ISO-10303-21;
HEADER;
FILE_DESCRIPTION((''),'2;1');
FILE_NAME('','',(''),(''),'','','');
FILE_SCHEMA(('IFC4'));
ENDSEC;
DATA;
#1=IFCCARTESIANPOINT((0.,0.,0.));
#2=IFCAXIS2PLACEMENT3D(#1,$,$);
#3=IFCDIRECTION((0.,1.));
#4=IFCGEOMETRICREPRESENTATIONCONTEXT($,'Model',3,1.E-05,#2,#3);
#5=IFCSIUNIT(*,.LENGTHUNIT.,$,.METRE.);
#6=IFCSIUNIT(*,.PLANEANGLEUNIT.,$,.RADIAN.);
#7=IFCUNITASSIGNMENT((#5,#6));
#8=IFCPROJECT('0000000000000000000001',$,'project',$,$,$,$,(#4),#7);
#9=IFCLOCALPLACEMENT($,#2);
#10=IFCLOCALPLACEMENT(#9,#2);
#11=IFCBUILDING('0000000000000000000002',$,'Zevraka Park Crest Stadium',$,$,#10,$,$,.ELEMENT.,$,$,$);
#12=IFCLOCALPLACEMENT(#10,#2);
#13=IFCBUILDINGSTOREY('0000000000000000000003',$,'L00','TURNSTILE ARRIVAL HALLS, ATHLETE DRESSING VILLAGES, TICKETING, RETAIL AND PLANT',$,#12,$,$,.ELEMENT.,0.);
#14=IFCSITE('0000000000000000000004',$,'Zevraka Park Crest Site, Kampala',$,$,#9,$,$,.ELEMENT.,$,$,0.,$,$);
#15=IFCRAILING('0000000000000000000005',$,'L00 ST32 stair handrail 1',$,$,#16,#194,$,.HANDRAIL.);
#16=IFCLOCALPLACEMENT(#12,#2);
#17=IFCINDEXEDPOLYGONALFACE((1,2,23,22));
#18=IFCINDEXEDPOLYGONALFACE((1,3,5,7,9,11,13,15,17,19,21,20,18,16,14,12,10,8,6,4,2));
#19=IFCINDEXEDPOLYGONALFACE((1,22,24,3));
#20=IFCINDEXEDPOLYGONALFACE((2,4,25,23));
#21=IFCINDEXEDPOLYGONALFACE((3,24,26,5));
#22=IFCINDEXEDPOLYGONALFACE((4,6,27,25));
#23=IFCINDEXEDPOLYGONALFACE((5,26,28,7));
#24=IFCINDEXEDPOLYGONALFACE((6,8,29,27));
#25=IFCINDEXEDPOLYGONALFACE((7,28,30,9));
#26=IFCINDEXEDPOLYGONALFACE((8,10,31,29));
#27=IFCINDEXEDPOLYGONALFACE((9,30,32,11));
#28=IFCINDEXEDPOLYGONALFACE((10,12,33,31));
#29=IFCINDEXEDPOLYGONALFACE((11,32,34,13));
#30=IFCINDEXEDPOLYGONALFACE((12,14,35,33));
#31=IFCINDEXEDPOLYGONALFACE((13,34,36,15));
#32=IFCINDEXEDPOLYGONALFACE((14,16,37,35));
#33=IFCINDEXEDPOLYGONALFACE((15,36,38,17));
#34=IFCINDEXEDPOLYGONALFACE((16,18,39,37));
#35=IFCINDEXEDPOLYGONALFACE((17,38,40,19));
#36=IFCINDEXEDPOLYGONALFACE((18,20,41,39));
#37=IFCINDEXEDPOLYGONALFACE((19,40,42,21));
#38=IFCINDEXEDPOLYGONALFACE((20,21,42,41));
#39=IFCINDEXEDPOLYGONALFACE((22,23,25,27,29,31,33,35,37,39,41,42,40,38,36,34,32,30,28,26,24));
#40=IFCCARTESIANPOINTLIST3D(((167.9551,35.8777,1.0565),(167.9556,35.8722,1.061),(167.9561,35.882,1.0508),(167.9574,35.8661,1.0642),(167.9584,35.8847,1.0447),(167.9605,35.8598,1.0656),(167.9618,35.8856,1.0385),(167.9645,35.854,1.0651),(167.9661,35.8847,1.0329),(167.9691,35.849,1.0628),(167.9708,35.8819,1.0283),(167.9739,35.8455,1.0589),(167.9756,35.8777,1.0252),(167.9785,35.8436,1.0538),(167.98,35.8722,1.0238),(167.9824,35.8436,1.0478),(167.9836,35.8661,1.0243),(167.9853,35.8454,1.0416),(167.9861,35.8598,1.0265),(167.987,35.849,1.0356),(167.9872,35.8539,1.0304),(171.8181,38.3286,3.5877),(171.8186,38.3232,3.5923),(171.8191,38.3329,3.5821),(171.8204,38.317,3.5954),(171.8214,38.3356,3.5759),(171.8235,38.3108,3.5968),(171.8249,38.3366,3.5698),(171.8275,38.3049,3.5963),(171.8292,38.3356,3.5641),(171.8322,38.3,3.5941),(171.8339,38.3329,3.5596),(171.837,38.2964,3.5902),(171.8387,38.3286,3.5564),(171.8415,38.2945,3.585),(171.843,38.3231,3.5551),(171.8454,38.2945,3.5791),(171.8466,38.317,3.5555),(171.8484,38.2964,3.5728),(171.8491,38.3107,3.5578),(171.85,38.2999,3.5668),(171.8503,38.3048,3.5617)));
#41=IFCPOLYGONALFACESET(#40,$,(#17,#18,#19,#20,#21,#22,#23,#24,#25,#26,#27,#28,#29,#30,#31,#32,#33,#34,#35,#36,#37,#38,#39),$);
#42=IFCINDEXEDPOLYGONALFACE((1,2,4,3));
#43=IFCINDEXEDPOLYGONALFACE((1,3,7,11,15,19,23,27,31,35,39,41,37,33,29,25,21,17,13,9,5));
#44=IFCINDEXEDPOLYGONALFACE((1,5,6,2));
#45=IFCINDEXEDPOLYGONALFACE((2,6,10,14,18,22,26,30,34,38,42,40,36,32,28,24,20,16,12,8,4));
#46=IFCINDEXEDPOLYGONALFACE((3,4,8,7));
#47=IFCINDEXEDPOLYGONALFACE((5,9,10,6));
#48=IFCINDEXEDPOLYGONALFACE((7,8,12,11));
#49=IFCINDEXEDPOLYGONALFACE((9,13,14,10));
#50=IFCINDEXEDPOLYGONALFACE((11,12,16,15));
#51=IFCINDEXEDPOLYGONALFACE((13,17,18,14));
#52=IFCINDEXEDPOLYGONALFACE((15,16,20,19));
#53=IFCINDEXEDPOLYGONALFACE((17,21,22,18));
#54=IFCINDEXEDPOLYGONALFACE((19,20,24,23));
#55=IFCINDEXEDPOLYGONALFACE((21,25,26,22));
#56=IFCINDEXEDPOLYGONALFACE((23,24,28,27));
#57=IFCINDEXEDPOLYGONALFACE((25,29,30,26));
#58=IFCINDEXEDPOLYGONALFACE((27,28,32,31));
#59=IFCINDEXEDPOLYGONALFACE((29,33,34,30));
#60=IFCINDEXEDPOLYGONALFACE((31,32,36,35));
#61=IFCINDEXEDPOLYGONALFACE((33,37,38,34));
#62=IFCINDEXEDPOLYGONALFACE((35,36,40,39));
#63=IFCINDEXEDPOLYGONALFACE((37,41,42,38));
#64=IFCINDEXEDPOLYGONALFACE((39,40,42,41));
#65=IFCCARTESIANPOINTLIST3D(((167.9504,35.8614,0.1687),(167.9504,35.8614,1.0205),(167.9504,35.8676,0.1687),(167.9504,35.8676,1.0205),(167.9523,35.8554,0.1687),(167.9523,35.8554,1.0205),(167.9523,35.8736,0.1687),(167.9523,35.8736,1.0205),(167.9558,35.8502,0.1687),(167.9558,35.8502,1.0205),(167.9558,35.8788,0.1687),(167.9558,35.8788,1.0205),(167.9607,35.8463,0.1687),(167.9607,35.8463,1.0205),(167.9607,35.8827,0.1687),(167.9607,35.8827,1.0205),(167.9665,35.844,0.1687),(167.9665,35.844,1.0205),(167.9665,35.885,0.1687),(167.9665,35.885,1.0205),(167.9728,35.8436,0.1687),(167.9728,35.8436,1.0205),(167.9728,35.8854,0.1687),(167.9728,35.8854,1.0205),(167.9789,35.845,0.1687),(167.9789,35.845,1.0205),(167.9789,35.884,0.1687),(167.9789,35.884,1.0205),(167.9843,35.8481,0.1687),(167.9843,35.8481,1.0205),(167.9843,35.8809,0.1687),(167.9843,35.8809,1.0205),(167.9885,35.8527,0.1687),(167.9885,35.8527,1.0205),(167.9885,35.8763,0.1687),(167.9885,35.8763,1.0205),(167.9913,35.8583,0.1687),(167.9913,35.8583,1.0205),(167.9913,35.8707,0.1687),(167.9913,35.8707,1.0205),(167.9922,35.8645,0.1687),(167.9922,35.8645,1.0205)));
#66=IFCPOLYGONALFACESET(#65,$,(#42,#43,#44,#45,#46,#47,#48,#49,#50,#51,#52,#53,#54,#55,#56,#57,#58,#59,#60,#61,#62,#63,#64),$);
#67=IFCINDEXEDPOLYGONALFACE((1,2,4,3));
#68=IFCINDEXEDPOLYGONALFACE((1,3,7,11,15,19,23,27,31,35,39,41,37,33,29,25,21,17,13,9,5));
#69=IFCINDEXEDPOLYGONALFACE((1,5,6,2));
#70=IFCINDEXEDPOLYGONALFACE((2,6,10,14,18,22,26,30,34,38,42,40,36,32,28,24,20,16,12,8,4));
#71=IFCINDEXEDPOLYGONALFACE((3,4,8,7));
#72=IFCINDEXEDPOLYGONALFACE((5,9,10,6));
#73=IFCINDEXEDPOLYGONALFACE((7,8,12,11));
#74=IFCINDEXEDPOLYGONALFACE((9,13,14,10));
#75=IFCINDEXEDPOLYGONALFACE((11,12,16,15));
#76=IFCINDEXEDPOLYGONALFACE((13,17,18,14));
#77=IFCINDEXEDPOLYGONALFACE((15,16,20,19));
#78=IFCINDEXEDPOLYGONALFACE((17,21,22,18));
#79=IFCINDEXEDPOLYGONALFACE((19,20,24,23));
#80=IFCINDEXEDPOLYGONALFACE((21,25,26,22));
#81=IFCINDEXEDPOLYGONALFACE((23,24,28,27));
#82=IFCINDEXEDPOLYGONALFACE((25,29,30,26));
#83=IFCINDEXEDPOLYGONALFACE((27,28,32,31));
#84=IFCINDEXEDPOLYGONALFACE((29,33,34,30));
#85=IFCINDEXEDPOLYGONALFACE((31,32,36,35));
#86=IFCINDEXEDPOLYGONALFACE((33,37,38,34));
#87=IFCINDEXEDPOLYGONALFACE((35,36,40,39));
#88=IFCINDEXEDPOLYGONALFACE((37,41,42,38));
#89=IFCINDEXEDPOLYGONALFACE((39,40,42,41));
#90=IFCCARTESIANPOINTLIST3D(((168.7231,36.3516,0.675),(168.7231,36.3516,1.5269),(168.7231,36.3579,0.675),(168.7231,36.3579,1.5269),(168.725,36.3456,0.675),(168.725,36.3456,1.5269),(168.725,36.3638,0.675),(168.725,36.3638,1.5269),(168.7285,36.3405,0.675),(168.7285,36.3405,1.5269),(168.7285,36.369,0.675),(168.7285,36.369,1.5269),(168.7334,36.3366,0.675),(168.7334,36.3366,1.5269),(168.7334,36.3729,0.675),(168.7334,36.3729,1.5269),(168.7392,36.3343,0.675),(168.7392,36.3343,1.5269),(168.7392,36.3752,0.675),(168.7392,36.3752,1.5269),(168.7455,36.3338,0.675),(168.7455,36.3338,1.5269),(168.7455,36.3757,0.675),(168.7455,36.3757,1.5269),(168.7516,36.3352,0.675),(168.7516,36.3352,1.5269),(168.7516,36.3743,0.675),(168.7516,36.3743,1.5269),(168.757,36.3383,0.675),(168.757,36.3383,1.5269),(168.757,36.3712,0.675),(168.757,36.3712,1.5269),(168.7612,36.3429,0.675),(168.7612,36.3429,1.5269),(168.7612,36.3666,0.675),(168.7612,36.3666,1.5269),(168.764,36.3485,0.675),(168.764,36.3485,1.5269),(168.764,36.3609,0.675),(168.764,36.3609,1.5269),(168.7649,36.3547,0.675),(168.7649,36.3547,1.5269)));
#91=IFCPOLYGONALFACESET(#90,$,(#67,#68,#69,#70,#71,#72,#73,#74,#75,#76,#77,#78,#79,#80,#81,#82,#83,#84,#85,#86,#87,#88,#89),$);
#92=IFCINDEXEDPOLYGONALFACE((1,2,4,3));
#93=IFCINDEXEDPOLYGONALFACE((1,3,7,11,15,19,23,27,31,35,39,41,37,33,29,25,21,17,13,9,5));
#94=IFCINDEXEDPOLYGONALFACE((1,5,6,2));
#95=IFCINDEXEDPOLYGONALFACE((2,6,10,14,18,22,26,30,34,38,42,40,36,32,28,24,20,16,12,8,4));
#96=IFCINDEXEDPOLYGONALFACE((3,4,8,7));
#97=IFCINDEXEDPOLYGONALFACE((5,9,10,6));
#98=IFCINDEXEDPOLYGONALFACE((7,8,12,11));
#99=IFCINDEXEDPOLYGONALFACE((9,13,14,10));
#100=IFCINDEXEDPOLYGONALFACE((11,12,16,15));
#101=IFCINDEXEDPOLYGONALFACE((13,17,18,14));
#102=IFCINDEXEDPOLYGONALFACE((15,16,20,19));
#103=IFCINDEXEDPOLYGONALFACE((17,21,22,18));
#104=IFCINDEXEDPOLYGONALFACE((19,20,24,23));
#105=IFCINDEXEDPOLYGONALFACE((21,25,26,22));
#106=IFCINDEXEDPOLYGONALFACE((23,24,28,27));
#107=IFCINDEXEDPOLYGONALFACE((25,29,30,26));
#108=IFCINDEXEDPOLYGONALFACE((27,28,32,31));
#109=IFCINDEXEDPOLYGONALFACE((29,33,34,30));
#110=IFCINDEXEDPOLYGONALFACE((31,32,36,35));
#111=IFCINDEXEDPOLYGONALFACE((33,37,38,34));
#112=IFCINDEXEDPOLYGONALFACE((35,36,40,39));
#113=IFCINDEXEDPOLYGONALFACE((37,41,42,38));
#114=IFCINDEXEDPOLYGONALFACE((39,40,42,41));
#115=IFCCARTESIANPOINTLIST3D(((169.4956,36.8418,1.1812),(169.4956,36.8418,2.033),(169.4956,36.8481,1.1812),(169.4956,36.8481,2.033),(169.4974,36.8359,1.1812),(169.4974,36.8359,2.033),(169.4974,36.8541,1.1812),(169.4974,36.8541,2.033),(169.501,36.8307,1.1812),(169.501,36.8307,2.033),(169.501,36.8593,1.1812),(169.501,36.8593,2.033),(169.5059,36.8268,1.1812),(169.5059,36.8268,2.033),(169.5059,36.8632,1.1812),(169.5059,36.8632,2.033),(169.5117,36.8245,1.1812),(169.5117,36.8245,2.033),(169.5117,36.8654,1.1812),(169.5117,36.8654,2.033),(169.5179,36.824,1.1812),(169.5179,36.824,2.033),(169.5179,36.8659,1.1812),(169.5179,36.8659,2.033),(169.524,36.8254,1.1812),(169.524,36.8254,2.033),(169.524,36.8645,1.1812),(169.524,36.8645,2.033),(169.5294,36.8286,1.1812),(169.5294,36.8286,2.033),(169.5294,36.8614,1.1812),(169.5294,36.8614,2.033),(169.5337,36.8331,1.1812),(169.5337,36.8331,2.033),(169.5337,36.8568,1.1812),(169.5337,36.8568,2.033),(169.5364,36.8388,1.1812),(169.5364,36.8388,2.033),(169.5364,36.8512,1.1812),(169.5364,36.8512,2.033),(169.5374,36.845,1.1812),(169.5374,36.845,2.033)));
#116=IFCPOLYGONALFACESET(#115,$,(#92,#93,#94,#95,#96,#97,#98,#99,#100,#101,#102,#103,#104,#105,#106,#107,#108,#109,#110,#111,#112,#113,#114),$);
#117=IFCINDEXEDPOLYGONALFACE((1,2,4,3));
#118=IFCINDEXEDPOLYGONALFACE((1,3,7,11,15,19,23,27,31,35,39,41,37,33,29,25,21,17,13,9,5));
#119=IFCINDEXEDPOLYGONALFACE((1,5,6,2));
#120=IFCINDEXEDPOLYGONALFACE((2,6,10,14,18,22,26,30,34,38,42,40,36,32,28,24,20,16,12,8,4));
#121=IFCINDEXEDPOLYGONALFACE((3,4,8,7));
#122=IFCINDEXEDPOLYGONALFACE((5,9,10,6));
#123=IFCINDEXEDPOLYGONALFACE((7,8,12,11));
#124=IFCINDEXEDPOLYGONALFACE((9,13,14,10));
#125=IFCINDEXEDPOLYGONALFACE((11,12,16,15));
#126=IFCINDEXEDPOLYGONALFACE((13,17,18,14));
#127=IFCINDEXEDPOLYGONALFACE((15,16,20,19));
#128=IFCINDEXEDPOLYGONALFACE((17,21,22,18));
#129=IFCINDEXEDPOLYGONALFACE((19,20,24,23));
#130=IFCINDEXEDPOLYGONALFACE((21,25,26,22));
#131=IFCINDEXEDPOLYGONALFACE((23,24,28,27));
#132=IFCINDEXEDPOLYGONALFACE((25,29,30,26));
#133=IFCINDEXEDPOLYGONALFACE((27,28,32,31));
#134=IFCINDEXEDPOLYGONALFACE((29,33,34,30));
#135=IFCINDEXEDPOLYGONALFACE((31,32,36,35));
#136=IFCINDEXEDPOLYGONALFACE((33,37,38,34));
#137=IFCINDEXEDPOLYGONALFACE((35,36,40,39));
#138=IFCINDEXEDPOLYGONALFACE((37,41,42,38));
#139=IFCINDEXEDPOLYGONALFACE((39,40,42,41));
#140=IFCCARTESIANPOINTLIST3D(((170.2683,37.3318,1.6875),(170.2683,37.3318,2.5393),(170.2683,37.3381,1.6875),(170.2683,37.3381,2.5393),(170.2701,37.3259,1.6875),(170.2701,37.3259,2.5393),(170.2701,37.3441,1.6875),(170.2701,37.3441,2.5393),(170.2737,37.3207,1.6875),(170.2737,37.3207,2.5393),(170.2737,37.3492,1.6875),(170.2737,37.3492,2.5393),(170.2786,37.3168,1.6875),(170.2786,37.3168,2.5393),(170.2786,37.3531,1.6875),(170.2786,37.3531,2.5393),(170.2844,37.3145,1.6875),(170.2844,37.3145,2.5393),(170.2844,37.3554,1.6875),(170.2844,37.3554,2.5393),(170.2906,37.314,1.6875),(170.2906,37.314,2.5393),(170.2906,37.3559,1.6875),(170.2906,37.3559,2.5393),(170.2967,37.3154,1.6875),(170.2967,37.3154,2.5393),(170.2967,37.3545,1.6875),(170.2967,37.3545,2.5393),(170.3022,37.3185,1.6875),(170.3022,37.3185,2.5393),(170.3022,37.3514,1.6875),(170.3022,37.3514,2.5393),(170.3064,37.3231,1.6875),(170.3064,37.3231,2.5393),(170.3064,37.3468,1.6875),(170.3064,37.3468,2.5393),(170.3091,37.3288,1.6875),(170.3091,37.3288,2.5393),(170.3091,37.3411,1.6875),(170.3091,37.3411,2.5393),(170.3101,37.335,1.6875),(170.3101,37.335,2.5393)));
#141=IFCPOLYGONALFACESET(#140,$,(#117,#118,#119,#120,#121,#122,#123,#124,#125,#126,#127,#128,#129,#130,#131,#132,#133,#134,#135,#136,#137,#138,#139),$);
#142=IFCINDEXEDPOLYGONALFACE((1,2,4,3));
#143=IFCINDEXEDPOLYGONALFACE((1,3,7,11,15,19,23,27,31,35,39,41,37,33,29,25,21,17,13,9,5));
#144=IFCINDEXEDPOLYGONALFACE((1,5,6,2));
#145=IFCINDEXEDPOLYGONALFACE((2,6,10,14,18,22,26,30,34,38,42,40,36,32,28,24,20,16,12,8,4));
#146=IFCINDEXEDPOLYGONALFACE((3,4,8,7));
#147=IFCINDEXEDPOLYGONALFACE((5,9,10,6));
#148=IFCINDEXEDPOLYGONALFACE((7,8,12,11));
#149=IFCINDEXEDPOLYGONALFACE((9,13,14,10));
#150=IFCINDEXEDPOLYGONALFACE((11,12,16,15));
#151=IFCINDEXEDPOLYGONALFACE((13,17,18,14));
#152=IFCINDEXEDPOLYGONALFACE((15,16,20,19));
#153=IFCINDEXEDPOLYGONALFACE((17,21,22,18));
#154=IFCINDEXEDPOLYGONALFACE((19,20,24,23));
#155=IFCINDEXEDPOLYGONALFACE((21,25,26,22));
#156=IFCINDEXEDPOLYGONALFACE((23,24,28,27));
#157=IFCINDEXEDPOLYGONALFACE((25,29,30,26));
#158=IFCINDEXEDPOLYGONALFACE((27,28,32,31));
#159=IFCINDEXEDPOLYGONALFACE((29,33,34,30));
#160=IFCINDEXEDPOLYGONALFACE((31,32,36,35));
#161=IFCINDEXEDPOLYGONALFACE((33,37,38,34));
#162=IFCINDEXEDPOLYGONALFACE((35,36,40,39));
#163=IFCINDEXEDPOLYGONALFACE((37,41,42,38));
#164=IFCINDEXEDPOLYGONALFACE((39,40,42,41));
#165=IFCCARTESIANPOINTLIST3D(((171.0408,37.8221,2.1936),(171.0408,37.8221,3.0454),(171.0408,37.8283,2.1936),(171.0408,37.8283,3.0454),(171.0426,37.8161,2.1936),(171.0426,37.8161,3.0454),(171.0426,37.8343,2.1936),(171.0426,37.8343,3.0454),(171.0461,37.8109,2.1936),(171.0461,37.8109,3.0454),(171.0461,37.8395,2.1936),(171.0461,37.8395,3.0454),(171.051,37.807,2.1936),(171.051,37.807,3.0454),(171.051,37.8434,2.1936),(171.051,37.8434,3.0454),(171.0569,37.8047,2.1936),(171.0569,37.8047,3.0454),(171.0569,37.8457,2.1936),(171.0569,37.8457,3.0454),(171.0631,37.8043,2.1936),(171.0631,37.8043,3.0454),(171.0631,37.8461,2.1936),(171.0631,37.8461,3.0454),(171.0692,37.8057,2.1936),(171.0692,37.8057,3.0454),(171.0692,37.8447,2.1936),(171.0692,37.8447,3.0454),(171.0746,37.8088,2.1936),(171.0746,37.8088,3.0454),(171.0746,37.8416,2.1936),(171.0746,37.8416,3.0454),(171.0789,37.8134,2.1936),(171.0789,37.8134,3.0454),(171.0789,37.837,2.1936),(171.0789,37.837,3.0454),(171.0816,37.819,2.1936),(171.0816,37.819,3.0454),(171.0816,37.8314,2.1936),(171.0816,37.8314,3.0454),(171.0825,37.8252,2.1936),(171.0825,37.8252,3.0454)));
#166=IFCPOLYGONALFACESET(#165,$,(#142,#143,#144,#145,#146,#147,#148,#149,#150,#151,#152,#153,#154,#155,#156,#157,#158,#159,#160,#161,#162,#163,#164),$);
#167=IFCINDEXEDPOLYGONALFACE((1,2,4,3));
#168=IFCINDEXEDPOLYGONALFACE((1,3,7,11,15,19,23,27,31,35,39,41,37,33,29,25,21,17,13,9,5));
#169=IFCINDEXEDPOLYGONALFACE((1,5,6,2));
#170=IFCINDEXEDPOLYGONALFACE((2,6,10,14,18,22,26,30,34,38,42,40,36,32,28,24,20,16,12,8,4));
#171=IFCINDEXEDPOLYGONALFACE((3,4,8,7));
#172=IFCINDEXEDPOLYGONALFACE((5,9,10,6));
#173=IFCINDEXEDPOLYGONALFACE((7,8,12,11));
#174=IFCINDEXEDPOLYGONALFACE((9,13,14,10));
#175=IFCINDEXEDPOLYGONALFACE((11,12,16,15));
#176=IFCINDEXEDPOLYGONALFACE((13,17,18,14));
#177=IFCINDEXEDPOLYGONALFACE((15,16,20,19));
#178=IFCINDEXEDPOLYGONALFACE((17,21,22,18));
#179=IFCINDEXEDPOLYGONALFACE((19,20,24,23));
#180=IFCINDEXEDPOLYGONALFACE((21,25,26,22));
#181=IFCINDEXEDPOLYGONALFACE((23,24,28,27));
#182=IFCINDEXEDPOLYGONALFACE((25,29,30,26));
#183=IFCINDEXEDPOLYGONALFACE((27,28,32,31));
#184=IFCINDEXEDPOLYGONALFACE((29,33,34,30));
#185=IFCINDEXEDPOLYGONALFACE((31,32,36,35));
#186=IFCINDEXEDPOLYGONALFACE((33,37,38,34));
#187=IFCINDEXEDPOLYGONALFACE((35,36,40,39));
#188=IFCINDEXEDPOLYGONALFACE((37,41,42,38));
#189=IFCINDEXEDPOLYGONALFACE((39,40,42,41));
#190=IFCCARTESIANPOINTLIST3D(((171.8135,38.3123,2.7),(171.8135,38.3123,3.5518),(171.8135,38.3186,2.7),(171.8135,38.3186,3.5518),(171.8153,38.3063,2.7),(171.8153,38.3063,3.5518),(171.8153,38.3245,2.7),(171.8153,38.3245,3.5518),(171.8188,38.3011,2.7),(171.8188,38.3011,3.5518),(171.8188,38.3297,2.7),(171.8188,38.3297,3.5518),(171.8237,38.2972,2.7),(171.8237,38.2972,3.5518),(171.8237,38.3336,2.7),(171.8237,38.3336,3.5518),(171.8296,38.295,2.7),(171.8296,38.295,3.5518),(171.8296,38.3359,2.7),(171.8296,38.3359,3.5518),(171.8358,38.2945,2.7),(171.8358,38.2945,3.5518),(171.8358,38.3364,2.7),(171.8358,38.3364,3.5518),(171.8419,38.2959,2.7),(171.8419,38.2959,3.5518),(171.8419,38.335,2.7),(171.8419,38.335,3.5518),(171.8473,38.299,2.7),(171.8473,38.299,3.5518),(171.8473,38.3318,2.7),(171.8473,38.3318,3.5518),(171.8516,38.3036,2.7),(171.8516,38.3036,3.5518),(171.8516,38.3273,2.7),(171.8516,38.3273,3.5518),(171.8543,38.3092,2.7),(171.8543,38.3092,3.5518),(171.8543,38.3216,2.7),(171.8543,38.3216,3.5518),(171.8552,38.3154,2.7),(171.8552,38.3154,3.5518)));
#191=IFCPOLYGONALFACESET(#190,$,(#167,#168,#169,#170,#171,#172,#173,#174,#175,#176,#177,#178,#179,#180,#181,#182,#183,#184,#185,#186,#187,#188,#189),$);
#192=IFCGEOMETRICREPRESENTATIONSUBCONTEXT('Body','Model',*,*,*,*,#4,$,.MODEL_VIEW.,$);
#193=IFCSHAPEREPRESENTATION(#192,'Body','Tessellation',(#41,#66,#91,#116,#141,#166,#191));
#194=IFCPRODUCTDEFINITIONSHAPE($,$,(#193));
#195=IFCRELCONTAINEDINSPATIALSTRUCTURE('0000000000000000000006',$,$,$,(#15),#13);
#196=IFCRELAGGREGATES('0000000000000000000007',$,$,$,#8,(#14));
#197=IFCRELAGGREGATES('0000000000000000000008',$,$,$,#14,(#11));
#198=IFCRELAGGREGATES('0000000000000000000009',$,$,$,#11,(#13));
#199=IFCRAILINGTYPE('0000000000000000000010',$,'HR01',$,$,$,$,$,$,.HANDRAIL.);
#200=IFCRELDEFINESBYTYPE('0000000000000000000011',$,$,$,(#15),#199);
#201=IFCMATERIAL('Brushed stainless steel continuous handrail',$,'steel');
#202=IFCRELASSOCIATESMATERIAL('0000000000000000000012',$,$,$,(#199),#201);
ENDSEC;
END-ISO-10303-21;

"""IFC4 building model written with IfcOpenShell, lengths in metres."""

from ifc_helpers import new_model, si_unit, direction, frame, origin, origin_2d, place, context, subcontext, project, spatial, circle, extrude, material, type_object, element, save


model = new_model("IFC4")

# Units and contexts
model_context = context("Model", 3, precision=1e-05, world=origin(), true_north=direction((0.0, 1.0)))
body_context = subcontext(model_context, "Body", "Model", "MODEL_VIEW")
ifc_project = project(units=[si_unit("LENGTHUNIT", "METRE"), si_unit("PLANEANGLEUNIT", "RADIAN")], contexts=[model_context])

# Site, building, storey
site_placement = place(None, origin())
site = spatial("IfcSite", under=ifc_project, at=site_placement, Name="Zevraka Park Crest Site, Kampala", CompositionType="ELEMENT", RefElevation=0.0)
building_placement = place(site_placement, origin())
building = spatial("IfcBuilding", under=site, at=building_placement, Name="Zevraka Park Crest Stadium", CompositionType="ELEMENT")
storey_placement = place(building_placement, origin())
storey = spatial("IfcBuildingStorey", under=building, at=storey_placement, Name="L00", Description="TURNSTILE ARRIVAL HALLS, ATHLETE DRESSING VILLAGES, TICKETING, RETAIL AND PLANT", CompositionType="ELEMENT", Elevation=0.0)

# Railing
ifc_material_1 = material(Name="Brushed stainless steel continuous handrail", Category="steel")
railing_type_1 = type_object("IfcRailingType", Name="HR01", PredefinedType="HANDRAIL", material=ifc_material_1)
railing_1_placement = place(storey_placement, frame((167.9712, 35.8645, 0.1687)))
element("IfcRailing", 1, at=railing_1_placement, inside=storey, type_object=railing_type_1, Name="L00 ST32 stair handrail 1", PredefinedType="HANDRAIL", context=body_context, shape_type="SweptSolid", body=[
    extrude(circle(Radius=0.0239, at=origin_2d()), frame((0.0, 0.0, 0.876), z_axis=(0.738841, 0.468762, 0.484124), x_axis=(-0.535729, 0.84439, 0.0)), (0.0, 0.0, 1.0), 5.2285),
    extrude(circle(Radius=0.021, at=origin_2d()), origin(), (0.0, 0.0, 1.0), 0.8518),
    extrude(circle(Radius=0.021, at=origin_2d()), frame((0.7727, 0.4902, 0.5063)), (0.0, 0.0, 1.0), 0.8518),
    extrude(circle(Radius=0.021, at=origin_2d()), frame((1.5452, 0.9805, 1.0125)), (0.0, 0.0, 1.0), 0.8518),
    extrude(circle(Radius=0.021, at=origin_2d()), frame((2.3179, 1.4705, 1.5188)), (0.0, 0.0, 1.0), 0.8518),
    extrude(circle(Radius=0.021, at=origin_2d()), frame((3.0903, 1.9607, 2.0249)), (0.0, 0.0, 1.0), 0.8518),
    extrude(circle(Radius=0.021, at=origin_2d()), frame((3.863, 2.4509, 2.5312)), (0.0, 0.0, 1.0), 0.8518),
])

save(model, "model.ifc")
